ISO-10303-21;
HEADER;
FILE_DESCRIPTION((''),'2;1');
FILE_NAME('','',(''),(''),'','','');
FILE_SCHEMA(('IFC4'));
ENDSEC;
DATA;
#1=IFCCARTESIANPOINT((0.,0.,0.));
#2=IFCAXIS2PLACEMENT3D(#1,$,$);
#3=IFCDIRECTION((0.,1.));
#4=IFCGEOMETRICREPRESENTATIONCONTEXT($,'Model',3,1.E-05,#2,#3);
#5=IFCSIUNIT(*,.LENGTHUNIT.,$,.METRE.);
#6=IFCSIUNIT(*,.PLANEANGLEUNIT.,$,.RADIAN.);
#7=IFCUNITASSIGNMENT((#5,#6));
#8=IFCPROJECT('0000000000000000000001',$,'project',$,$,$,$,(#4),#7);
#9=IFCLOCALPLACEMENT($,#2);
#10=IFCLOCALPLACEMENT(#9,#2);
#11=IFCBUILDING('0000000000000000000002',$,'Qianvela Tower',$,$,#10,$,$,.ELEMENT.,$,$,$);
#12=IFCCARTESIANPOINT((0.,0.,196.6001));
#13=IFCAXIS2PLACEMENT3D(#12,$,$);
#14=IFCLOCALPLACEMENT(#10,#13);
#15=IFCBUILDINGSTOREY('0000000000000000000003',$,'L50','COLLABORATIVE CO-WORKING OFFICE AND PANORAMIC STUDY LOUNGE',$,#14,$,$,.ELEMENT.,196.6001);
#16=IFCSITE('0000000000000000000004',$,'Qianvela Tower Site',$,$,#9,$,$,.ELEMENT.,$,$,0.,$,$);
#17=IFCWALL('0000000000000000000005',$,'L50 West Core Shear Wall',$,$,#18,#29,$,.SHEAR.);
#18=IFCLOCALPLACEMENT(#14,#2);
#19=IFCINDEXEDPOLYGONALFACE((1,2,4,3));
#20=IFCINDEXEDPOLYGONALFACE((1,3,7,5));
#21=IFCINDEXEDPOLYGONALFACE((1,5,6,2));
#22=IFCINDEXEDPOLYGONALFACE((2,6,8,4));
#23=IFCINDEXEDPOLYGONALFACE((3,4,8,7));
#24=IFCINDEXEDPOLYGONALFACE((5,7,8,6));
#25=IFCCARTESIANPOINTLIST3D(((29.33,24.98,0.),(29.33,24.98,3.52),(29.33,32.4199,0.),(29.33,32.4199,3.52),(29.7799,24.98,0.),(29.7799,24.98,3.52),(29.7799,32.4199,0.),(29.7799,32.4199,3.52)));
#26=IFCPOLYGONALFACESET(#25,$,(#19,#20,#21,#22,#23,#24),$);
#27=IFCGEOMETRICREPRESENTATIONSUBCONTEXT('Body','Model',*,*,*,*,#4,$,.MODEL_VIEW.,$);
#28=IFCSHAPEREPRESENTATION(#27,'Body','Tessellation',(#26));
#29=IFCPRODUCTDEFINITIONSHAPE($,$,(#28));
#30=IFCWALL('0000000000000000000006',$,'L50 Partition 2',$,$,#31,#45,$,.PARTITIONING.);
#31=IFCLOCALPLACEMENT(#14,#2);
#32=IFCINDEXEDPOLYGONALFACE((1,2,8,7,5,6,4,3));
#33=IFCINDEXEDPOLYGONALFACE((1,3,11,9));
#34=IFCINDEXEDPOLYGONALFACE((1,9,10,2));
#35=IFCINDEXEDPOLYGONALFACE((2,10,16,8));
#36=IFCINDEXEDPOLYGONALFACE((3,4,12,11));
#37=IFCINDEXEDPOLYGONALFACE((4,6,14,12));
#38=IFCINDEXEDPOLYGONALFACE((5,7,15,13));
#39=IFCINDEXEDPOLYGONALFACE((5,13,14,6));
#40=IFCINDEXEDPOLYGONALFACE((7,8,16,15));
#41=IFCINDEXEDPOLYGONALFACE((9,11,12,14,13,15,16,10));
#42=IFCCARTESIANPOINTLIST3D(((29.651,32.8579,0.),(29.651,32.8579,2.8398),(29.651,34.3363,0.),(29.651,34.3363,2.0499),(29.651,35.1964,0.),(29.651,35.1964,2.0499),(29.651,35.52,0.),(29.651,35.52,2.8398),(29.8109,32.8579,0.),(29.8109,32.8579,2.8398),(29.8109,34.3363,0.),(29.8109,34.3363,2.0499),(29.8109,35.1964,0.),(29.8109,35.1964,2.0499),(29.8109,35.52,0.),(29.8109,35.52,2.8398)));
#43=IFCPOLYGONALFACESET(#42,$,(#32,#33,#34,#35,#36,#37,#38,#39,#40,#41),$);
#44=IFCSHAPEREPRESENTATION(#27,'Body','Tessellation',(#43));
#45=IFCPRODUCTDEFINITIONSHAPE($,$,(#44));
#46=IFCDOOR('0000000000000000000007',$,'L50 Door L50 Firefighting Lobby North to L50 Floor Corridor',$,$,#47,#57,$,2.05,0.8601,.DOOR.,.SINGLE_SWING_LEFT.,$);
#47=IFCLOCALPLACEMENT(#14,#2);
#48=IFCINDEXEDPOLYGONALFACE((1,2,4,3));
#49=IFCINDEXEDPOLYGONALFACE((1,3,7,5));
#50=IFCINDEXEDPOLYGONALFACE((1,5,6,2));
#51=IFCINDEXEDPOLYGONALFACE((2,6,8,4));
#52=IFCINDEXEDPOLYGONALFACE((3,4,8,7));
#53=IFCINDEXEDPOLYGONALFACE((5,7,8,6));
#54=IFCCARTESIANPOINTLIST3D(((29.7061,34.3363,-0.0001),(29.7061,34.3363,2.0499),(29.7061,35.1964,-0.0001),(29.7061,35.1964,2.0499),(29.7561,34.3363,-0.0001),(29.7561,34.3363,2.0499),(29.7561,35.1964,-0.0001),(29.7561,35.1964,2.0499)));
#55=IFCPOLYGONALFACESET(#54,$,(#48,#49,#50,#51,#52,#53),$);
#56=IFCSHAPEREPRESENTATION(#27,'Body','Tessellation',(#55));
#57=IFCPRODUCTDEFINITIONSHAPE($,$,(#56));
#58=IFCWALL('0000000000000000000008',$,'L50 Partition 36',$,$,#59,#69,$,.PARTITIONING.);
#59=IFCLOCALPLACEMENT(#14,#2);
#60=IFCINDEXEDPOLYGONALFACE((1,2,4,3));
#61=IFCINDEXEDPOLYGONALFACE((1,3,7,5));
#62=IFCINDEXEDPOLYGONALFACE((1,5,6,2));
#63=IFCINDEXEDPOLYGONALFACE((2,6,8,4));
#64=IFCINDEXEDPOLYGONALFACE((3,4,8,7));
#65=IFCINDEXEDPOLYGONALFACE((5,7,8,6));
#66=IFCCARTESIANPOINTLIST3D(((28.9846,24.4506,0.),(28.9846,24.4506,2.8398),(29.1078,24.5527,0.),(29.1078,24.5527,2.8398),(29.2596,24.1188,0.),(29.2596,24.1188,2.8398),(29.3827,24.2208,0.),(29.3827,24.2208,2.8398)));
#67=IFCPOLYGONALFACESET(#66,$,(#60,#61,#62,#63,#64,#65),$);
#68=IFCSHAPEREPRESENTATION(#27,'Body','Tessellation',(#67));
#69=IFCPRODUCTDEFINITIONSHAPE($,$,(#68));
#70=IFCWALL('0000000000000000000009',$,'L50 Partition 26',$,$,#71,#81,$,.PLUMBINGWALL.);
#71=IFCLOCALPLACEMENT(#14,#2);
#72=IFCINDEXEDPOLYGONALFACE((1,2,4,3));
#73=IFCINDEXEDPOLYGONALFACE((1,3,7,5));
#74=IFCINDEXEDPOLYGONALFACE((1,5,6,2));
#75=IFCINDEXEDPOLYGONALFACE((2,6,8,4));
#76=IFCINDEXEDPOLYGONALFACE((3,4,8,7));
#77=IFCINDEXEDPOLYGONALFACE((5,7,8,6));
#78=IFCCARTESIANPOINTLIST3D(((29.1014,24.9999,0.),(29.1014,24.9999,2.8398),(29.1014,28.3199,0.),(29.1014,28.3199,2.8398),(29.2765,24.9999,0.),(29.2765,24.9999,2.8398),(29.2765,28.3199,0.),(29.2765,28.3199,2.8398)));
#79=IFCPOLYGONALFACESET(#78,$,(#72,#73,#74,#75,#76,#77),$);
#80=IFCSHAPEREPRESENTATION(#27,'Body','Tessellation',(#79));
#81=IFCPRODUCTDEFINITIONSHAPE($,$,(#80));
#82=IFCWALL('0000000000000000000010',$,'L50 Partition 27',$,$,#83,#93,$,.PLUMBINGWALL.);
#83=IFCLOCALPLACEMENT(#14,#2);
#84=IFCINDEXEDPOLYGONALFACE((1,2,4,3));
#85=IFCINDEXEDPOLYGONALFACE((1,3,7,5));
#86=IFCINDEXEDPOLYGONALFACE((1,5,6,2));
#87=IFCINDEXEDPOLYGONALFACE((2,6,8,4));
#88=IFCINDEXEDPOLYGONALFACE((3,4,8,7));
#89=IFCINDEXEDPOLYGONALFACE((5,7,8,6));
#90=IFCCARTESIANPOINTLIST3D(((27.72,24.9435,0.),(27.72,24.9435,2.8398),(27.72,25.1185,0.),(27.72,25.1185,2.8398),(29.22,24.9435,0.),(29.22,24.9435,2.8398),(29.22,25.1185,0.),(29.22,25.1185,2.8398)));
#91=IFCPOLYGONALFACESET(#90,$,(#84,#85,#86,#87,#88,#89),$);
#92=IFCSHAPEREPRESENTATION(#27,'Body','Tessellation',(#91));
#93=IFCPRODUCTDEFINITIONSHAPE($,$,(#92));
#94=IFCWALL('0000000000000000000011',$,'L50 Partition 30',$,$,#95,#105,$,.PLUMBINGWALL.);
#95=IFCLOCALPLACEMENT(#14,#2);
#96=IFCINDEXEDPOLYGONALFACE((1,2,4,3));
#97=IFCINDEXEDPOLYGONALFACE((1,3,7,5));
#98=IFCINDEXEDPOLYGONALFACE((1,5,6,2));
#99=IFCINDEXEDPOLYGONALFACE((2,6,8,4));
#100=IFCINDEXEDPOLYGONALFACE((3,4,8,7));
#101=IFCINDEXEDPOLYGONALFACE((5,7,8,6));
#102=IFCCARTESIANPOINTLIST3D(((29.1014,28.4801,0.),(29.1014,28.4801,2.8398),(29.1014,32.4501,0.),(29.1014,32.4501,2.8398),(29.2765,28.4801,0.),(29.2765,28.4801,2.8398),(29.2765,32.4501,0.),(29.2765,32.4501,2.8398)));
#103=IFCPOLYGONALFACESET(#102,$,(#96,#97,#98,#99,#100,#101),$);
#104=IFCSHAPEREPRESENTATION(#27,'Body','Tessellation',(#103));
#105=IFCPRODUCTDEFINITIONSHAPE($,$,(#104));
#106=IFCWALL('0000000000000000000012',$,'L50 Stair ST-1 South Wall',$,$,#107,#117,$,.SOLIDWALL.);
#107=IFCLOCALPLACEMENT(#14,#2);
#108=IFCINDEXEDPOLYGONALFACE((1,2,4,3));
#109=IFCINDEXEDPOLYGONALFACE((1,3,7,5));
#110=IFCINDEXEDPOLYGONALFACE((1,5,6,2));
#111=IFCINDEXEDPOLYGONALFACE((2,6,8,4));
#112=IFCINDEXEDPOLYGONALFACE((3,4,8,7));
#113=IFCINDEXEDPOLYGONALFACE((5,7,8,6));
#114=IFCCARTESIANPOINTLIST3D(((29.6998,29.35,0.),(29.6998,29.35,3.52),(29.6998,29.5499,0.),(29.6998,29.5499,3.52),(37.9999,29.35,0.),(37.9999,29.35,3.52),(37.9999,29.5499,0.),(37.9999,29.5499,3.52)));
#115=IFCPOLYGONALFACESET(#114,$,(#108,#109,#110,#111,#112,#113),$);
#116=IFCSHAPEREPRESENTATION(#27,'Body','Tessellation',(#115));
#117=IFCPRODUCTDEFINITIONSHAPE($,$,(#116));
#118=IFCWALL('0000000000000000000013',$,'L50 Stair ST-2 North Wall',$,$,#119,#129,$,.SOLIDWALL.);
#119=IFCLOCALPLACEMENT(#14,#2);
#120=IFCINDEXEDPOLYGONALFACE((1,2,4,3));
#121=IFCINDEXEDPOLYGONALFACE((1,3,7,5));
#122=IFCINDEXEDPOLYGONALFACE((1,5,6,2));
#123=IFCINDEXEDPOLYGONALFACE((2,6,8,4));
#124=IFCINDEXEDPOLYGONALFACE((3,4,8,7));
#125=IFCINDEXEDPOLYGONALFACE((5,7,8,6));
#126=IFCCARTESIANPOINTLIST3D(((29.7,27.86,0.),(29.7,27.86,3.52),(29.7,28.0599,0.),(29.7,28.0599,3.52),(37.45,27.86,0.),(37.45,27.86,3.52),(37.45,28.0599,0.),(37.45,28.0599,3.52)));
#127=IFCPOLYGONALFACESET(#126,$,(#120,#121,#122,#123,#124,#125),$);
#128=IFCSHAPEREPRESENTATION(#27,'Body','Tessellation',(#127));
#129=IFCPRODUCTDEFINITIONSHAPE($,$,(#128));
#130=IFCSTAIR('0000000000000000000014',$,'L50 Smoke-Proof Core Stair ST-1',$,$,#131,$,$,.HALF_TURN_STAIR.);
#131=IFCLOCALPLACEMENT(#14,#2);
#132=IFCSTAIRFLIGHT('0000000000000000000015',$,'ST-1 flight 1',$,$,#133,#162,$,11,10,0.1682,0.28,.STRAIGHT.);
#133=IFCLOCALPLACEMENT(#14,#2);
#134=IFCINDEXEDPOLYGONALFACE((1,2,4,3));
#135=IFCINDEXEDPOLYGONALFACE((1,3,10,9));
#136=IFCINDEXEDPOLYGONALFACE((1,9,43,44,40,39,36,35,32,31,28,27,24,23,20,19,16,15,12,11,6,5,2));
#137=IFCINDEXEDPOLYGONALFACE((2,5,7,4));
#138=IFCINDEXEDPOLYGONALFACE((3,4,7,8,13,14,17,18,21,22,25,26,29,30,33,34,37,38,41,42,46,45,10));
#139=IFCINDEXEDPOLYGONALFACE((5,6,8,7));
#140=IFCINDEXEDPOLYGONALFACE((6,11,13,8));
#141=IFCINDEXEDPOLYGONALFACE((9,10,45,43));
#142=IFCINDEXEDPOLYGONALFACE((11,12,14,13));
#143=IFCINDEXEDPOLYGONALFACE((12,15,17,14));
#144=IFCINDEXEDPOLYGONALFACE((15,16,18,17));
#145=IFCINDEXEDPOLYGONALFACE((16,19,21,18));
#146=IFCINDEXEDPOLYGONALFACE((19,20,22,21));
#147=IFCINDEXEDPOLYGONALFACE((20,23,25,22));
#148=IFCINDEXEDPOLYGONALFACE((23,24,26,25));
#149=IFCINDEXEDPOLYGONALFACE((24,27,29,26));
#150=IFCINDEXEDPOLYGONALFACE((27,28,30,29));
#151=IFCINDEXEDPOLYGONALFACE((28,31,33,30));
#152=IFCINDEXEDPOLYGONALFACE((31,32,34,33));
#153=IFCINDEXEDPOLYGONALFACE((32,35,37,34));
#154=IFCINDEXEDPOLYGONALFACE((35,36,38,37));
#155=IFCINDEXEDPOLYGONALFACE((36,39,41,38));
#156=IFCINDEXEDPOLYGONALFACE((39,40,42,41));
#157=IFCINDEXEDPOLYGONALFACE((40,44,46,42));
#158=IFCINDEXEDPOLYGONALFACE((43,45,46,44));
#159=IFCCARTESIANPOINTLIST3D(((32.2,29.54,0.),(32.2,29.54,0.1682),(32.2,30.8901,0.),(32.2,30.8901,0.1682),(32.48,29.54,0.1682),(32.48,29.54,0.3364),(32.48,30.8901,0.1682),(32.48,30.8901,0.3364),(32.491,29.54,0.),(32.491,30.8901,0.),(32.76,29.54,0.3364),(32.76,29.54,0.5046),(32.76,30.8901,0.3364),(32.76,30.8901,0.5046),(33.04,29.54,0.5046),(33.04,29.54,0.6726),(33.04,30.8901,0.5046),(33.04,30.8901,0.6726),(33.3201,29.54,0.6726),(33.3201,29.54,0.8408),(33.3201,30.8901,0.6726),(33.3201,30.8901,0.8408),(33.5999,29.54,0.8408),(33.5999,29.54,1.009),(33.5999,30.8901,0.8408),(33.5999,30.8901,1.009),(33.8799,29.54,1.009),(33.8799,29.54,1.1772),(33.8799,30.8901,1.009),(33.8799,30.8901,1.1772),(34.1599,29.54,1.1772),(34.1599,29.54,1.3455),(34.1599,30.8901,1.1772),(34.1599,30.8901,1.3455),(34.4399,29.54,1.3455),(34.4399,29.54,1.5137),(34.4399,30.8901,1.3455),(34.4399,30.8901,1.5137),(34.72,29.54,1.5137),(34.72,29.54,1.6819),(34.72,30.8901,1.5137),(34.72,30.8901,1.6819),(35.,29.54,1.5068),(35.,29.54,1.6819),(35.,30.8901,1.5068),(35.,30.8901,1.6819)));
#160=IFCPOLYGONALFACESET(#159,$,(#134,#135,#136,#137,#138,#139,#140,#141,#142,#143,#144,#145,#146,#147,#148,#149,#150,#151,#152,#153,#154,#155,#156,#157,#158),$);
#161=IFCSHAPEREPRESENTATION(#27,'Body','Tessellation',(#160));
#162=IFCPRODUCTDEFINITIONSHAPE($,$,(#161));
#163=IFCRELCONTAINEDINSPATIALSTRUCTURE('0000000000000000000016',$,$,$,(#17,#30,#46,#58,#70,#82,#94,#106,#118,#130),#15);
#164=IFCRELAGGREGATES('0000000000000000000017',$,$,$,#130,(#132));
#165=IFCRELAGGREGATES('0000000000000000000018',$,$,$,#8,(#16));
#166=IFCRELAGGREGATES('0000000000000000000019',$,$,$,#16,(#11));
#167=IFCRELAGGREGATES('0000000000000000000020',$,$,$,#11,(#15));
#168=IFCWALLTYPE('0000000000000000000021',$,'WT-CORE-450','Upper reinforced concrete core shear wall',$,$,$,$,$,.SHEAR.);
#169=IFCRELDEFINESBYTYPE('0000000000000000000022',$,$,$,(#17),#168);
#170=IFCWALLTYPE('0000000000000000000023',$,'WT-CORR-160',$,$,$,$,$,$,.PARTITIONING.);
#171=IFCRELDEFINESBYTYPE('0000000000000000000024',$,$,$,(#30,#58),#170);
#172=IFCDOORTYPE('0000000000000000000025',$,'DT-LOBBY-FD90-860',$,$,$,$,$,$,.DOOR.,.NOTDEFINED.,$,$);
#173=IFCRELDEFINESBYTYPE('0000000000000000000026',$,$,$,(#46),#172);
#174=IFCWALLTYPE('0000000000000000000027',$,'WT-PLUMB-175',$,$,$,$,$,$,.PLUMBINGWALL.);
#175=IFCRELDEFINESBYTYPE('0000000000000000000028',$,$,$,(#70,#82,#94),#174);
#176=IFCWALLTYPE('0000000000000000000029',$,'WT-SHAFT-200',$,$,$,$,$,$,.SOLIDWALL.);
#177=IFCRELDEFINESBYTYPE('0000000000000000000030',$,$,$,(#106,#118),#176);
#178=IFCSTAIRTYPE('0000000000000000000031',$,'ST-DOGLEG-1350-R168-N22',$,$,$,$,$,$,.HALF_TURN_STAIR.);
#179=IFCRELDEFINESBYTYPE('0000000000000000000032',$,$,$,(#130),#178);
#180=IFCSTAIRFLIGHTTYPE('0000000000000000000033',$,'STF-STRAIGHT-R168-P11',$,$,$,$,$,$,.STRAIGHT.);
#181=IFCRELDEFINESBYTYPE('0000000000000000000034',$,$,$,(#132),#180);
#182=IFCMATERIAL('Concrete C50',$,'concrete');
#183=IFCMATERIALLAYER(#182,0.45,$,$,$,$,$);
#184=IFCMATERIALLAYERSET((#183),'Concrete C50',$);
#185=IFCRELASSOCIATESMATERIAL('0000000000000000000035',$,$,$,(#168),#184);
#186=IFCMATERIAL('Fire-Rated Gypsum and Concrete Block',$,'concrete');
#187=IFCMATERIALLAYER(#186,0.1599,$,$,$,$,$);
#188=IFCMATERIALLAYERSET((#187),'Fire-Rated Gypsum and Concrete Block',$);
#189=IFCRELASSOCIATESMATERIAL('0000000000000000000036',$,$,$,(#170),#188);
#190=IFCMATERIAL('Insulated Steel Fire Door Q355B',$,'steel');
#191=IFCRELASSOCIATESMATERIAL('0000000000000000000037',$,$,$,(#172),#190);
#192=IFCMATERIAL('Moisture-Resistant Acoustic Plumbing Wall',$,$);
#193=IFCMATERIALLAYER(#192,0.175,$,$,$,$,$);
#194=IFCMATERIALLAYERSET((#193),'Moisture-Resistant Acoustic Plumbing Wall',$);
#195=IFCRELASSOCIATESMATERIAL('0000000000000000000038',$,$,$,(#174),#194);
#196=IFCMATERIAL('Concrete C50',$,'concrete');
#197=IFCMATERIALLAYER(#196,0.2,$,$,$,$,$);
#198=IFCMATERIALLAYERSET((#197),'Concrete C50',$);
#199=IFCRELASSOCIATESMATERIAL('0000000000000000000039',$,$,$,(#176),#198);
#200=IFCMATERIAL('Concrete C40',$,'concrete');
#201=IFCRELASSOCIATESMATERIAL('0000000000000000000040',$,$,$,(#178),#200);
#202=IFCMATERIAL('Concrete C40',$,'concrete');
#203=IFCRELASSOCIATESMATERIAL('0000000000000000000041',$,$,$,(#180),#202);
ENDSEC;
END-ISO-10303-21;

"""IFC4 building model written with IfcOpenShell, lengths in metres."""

from ifc_helpers import new_model, si_unit, direction, frame, frame_2d, origin, place, context, subcontext, project, spatial, polyline, rectangle, outline, extrude, material, layer, layer_set, type_object, element, fill, aggregate, save


model = new_model("IFC4")

# Units and contexts
model_context = context("Model", 3, precision=1e-05, world=origin(), true_north=direction((0.0, 1.0)))
body_context = subcontext(model_context, "Body", "Model", "MODEL_VIEW")
ifc_project = project(units=[si_unit("LENGTHUNIT", "METRE"), si_unit("PLANEANGLEUNIT", "RADIAN")], contexts=[model_context])

# Site, building, storey
site_placement = place(None, origin())
site = spatial("IfcSite", under=ifc_project, at=site_placement, Name="Qianvela Tower Site", CompositionType="ELEMENT", RefElevation=0.0)
building_placement = place(site_placement, origin())
building = spatial("IfcBuilding", under=site, at=building_placement, Name="Qianvela Tower", CompositionType="ELEMENT")
storey_placement = place(building_placement, frame((0.0, 0.0, 196.6001)))
storey = spatial("IfcBuildingStorey", under=building, at=storey_placement, Name="L50", Description="COLLABORATIVE CO-WORKING OFFICE AND PANORAMIC STUDY LOUNGE", CompositionType="ELEMENT", Elevation=196.6001)

# Shared definitions
ifc_material_1 = material(Name="Concrete C50", Category="concrete")
ifc_layer_1 = layer(ifc_material_1, 0.45)
ifc_layer_set_1 = layer_set([ifc_layer_1], Name="Concrete C50")
wall_type_1 = type_object("IfcWallType", Name="WT-CORE-450", Description="Upper reinforced concrete core shear wall", PredefinedType="SHEAR", material=ifc_layer_set_1)

# Wall
wall_1_placement = place(storey_placement, frame((29.5549, 24.98, 0.0), z_axis=(0.0, 0.0, 1.0), x_axis=(0.0, 1.0, 0.0)))
element("IfcWall", 1, at=wall_1_placement, inside=storey, type_object=wall_type_1, Name="L50 West Core Shear Wall", PredefinedType="SHEAR", context=body_context, shape_type="SweptSolid", body=[
    extrude(rectangle(XDim=7.4399, YDim=0.45, at=frame_2d((3.72, 0.0))), origin(), (0.0, 0.0, 1.0), 3.52),
])

# Wall, opening, door
ifc_material_2 = material(Name="Fire-Rated Gypsum and Concrete Block", Category="concrete")
ifc_layer_2 = layer(ifc_material_2, 0.1599)
ifc_layer_set_2 = layer_set([ifc_layer_2], Name="Fire-Rated Gypsum and Concrete Block")
wall_type_2 = type_object("IfcWallType", Name="WT-CORR-160", PredefinedType="PARTITIONING", material=ifc_layer_set_2)
wall_2_placement = place(storey_placement, frame((29.731, 32.8579, 0.0), z_axis=(0.0, 0.0, 1.0), x_axis=(0.0, 1.0, 0.0)))
wall_2 = element("IfcWall", 2, at=wall_2_placement, inside=storey, type_object=wall_type_2, Name="L50 Partition 2", PredefinedType="PARTITIONING", context=body_context, shape_type="SweptSolid", body=[
    extrude(rectangle(XDim=2.6621, YDim=0.1599, at=frame_2d((1.3311, 0.0))), origin(), (0.0, 0.0, 1.0), 2.8398),
])
opening_1_placement = place(wall_2_placement, frame((1.4783, 0.0, 0.0)))
opening_1 = element("IfcOpeningElement", 3, at=opening_1_placement, cuts=wall_2, PredefinedType="OPENING", context=body_context, shape_type="SweptSolid", body=[
    extrude(rectangle(XDim=0.8601, YDim=2.05, at=frame_2d((0.4302, 1.0249))), frame((0.0, 0.0898, 0.0), z_axis=(0.0, -1.0, 0.0), x_axis=(1.0, 0.0, 0.0)), (0.0, 0.0, 1.0), 0.1799),
])
ifc_material_3 = material(Name="Insulated Steel Fire Door Q355B", Category="steel")
door_type_1 = type_object("IfcDoorType", Name="DT-LOBBY-FD90-860", OperationType="NOTDEFINED", PredefinedType="DOOR", material=ifc_material_3)
door_1_placement = place(opening_1_placement, origin())
door_1 = element("IfcDoor", 4, at=door_1_placement, inside=storey, type_object=door_type_1, Name="L50 Door L50 Firefighting Lobby North to L50 Floor Corridor", OperationType="SINGLE_SWING_LEFT", OverallHeight=2.05, OverallWidth=0.8601, PredefinedType="DOOR", context=body_context, shape_type="SweptSolid", body=[
    extrude(rectangle(XDim=0.8601, YDim=2.05, at=frame_2d((0.4302, 1.0249))), frame((0.0, 0.0249, 0.0), z_axis=(0.0, -1.0, 0.0), x_axis=(1.0, 0.0, 0.0)), (0.0, 0.0, 1.0), 0.05),
])
fill(opening_1, door_1)

# Walls
wall_3_placement = place(storey_placement, frame((29.321, 24.1699, 0.0), z_axis=(0.0, 0.0, 1.0), x_axis=(-0.638008, 0.77003, 0.0)))
element("IfcWall", 5, at=wall_3_placement, inside=storey, type_object=wall_type_2, Name="L50 Partition 36", PredefinedType="PARTITIONING", context=body_context, shape_type="SweptSolid", body=[
    extrude(rectangle(XDim=0.4309, YDim=0.1599, at=frame_2d((0.2153, 0.0))), origin(), (0.0, 0.0, 1.0), 2.8398),
])
ifc_material_4 = material(Name="Moisture-Resistant Acoustic Plumbing Wall")
ifc_layer_3 = layer(ifc_material_4, 0.175)
ifc_layer_set_3 = layer_set([ifc_layer_3], Name="Moisture-Resistant Acoustic Plumbing Wall")
wall_type_3 = type_object("IfcWallType", Name="WT-PLUMB-175", PredefinedType="PLUMBINGWALL", material=ifc_layer_set_3)
wall_4_placement = place(storey_placement, frame((29.189, 28.3201, 0.0), z_axis=(0.0, 0.0, 1.0), x_axis=(0.0, -1.0, 0.0)))
element("IfcWall", 6, at=wall_4_placement, inside=storey, type_object=wall_type_3, Name="L50 Partition 26", PredefinedType="PLUMBINGWALL", context=body_context, shape_type="SweptSolid", body=[
    extrude(rectangle(XDim=3.3201, YDim=0.175, at=frame_2d((1.6602, 0.0))), origin(), (0.0, 0.0, 1.0), 2.8398),
])
wall_5_placement = place(storey_placement, frame((29.22, 25.031, 0.0), z_axis=(0.0, 0.0, 1.0), x_axis=(-1.0, 0.0, 0.0)))
element("IfcWall", 7, at=wall_5_placement, inside=storey, type_object=wall_type_3, Name="L50 Partition 27", PredefinedType="PLUMBINGWALL", context=body_context, shape_type="SweptSolid", body=[
    extrude(rectangle(XDim=1.5, YDim=0.175, at=frame_2d((0.75, 0.0))), origin(), (0.0, 0.0, 1.0), 2.8398),
])
wall_6_placement = place(storey_placement, frame((29.189, 32.45, 0.0), z_axis=(0.0, 0.0, 1.0), x_axis=(0.0, -1.0, 0.0)))
element("IfcWall", 8, at=wall_6_placement, inside=storey, type_object=wall_type_3, Name="L50 Partition 30", PredefinedType="PLUMBINGWALL", context=body_context, shape_type="SweptSolid", body=[
    extrude(rectangle(XDim=3.97, YDim=0.175, at=frame_2d((1.9849, 0.0))), origin(), (0.0, 0.0, 1.0), 2.8398),
])
ifc_material_5 = material(Name="Concrete C50", Category="concrete")
ifc_layer_4 = layer(ifc_material_5, 0.2)
ifc_layer_set_4 = layer_set([ifc_layer_4], Name="Concrete C50")
wall_type_4 = type_object("IfcWallType", Name="WT-SHAFT-200", PredefinedType="SOLIDWALL", material=ifc_layer_set_4)
wall_7_placement = place(storey_placement, frame((29.7, 29.45, 0.0), z_axis=(0.0, 0.0, 1.0), x_axis=(1.0, 0.0, 0.0)))
element("IfcWall", 9, at=wall_7_placement, inside=storey, type_object=wall_type_4, Name="L50 Stair ST-1 South Wall", PredefinedType="SOLIDWALL", context=body_context, shape_type="SweptSolid", body=[
    extrude(rectangle(XDim=8.3, YDim=0.2, at=frame_2d((4.1499, 0.0))), origin(), (0.0, 0.0, 1.0), 3.52),
])
wall_8_placement = place(storey_placement, frame((29.7, 27.96, 0.0), z_axis=(0.0, 0.0, 1.0), x_axis=(1.0, 0.0, 0.0)))
element("IfcWall", 10, at=wall_8_placement, inside=storey, type_object=wall_type_4, Name="L50 Stair ST-2 North Wall", PredefinedType="SOLIDWALL", context=body_context, shape_type="SweptSolid", body=[
    extrude(rectangle(XDim=7.75, YDim=0.2, at=frame_2d((3.875, 0.0))), origin(), (0.0, 0.0, 1.0), 3.52),
])

# Stair, stair flight
ifc_material_6 = material(Name="Concrete C40", Category="concrete")
stair_type = type_object("IfcStairType", Name="ST-DOGLEG-1350-R168-N22", PredefinedType="HALF_TURN_STAIR", material=ifc_material_6)
stair_1_placement = place(storey_placement, origin())
stair_1 = element("IfcStair", 11, at=stair_1_placement, inside=storey, type_object=stair_type, Name="L50 Smoke-Proof Core Stair ST-1", PredefinedType="HALF_TURN_STAIR")
ifc_material_7 = material(Name="Concrete C40", Category="concrete")
stair_flight_type = type_object("IfcStairFlightType", Name="STF-STRAIGHT-R168-P11", PredefinedType="STRAIGHT", material=ifc_material_7)
stair_flight_1_placement = place(storey_placement, frame((32.2, 30.2151, 0.0), z_axis=(0.0, 0.0, 1.0), x_axis=(1.0, 0.0, 0.0)))
stair_flight_1 = element("IfcStairFlight", 12, at=stair_flight_1_placement, type_object=stair_flight_type, Name="ST-1 flight 1", NumberOfRisers=11, NumberOfTreads=10, PredefinedType="STRAIGHT", RiserHeight=0.1682, TreadLength=0.28, context=body_context, shape_type="SweptSolid", body=[
    extrude(outline(polyline([(0.0, 0.0), (0.0, 0.1682), (0.28, 0.1682), (0.28, 0.3364), (0.5601, 0.3364), (0.5601, 0.5046), (0.8401, 0.5046), (0.8401, 0.6726), (1.1201, 0.6726), (1.1201, 0.8408), (1.3999, 0.8408), (1.3999, 1.009), (1.6799, 1.009), (1.6799, 1.1772), (1.96, 1.1772), (1.96, 1.3455), (2.24, 1.3455), (2.24, 1.5137), (2.52, 1.5137), (2.52, 1.6819), (2.8, 1.6819), (2.8, 1.8501), (2.8, 1.5068), (0.291, 0.0), (0.0, 0.0)])), frame((0.0, 0.675, 0.0), z_axis=(0.0, -1.0, 0.0), x_axis=(1.0, 0.0, 0.0)), (0.0, 0.0, 1.0), 1.3501),
])
aggregate(stair_1, [stair_flight_1])

save(model, "model.ifc")
